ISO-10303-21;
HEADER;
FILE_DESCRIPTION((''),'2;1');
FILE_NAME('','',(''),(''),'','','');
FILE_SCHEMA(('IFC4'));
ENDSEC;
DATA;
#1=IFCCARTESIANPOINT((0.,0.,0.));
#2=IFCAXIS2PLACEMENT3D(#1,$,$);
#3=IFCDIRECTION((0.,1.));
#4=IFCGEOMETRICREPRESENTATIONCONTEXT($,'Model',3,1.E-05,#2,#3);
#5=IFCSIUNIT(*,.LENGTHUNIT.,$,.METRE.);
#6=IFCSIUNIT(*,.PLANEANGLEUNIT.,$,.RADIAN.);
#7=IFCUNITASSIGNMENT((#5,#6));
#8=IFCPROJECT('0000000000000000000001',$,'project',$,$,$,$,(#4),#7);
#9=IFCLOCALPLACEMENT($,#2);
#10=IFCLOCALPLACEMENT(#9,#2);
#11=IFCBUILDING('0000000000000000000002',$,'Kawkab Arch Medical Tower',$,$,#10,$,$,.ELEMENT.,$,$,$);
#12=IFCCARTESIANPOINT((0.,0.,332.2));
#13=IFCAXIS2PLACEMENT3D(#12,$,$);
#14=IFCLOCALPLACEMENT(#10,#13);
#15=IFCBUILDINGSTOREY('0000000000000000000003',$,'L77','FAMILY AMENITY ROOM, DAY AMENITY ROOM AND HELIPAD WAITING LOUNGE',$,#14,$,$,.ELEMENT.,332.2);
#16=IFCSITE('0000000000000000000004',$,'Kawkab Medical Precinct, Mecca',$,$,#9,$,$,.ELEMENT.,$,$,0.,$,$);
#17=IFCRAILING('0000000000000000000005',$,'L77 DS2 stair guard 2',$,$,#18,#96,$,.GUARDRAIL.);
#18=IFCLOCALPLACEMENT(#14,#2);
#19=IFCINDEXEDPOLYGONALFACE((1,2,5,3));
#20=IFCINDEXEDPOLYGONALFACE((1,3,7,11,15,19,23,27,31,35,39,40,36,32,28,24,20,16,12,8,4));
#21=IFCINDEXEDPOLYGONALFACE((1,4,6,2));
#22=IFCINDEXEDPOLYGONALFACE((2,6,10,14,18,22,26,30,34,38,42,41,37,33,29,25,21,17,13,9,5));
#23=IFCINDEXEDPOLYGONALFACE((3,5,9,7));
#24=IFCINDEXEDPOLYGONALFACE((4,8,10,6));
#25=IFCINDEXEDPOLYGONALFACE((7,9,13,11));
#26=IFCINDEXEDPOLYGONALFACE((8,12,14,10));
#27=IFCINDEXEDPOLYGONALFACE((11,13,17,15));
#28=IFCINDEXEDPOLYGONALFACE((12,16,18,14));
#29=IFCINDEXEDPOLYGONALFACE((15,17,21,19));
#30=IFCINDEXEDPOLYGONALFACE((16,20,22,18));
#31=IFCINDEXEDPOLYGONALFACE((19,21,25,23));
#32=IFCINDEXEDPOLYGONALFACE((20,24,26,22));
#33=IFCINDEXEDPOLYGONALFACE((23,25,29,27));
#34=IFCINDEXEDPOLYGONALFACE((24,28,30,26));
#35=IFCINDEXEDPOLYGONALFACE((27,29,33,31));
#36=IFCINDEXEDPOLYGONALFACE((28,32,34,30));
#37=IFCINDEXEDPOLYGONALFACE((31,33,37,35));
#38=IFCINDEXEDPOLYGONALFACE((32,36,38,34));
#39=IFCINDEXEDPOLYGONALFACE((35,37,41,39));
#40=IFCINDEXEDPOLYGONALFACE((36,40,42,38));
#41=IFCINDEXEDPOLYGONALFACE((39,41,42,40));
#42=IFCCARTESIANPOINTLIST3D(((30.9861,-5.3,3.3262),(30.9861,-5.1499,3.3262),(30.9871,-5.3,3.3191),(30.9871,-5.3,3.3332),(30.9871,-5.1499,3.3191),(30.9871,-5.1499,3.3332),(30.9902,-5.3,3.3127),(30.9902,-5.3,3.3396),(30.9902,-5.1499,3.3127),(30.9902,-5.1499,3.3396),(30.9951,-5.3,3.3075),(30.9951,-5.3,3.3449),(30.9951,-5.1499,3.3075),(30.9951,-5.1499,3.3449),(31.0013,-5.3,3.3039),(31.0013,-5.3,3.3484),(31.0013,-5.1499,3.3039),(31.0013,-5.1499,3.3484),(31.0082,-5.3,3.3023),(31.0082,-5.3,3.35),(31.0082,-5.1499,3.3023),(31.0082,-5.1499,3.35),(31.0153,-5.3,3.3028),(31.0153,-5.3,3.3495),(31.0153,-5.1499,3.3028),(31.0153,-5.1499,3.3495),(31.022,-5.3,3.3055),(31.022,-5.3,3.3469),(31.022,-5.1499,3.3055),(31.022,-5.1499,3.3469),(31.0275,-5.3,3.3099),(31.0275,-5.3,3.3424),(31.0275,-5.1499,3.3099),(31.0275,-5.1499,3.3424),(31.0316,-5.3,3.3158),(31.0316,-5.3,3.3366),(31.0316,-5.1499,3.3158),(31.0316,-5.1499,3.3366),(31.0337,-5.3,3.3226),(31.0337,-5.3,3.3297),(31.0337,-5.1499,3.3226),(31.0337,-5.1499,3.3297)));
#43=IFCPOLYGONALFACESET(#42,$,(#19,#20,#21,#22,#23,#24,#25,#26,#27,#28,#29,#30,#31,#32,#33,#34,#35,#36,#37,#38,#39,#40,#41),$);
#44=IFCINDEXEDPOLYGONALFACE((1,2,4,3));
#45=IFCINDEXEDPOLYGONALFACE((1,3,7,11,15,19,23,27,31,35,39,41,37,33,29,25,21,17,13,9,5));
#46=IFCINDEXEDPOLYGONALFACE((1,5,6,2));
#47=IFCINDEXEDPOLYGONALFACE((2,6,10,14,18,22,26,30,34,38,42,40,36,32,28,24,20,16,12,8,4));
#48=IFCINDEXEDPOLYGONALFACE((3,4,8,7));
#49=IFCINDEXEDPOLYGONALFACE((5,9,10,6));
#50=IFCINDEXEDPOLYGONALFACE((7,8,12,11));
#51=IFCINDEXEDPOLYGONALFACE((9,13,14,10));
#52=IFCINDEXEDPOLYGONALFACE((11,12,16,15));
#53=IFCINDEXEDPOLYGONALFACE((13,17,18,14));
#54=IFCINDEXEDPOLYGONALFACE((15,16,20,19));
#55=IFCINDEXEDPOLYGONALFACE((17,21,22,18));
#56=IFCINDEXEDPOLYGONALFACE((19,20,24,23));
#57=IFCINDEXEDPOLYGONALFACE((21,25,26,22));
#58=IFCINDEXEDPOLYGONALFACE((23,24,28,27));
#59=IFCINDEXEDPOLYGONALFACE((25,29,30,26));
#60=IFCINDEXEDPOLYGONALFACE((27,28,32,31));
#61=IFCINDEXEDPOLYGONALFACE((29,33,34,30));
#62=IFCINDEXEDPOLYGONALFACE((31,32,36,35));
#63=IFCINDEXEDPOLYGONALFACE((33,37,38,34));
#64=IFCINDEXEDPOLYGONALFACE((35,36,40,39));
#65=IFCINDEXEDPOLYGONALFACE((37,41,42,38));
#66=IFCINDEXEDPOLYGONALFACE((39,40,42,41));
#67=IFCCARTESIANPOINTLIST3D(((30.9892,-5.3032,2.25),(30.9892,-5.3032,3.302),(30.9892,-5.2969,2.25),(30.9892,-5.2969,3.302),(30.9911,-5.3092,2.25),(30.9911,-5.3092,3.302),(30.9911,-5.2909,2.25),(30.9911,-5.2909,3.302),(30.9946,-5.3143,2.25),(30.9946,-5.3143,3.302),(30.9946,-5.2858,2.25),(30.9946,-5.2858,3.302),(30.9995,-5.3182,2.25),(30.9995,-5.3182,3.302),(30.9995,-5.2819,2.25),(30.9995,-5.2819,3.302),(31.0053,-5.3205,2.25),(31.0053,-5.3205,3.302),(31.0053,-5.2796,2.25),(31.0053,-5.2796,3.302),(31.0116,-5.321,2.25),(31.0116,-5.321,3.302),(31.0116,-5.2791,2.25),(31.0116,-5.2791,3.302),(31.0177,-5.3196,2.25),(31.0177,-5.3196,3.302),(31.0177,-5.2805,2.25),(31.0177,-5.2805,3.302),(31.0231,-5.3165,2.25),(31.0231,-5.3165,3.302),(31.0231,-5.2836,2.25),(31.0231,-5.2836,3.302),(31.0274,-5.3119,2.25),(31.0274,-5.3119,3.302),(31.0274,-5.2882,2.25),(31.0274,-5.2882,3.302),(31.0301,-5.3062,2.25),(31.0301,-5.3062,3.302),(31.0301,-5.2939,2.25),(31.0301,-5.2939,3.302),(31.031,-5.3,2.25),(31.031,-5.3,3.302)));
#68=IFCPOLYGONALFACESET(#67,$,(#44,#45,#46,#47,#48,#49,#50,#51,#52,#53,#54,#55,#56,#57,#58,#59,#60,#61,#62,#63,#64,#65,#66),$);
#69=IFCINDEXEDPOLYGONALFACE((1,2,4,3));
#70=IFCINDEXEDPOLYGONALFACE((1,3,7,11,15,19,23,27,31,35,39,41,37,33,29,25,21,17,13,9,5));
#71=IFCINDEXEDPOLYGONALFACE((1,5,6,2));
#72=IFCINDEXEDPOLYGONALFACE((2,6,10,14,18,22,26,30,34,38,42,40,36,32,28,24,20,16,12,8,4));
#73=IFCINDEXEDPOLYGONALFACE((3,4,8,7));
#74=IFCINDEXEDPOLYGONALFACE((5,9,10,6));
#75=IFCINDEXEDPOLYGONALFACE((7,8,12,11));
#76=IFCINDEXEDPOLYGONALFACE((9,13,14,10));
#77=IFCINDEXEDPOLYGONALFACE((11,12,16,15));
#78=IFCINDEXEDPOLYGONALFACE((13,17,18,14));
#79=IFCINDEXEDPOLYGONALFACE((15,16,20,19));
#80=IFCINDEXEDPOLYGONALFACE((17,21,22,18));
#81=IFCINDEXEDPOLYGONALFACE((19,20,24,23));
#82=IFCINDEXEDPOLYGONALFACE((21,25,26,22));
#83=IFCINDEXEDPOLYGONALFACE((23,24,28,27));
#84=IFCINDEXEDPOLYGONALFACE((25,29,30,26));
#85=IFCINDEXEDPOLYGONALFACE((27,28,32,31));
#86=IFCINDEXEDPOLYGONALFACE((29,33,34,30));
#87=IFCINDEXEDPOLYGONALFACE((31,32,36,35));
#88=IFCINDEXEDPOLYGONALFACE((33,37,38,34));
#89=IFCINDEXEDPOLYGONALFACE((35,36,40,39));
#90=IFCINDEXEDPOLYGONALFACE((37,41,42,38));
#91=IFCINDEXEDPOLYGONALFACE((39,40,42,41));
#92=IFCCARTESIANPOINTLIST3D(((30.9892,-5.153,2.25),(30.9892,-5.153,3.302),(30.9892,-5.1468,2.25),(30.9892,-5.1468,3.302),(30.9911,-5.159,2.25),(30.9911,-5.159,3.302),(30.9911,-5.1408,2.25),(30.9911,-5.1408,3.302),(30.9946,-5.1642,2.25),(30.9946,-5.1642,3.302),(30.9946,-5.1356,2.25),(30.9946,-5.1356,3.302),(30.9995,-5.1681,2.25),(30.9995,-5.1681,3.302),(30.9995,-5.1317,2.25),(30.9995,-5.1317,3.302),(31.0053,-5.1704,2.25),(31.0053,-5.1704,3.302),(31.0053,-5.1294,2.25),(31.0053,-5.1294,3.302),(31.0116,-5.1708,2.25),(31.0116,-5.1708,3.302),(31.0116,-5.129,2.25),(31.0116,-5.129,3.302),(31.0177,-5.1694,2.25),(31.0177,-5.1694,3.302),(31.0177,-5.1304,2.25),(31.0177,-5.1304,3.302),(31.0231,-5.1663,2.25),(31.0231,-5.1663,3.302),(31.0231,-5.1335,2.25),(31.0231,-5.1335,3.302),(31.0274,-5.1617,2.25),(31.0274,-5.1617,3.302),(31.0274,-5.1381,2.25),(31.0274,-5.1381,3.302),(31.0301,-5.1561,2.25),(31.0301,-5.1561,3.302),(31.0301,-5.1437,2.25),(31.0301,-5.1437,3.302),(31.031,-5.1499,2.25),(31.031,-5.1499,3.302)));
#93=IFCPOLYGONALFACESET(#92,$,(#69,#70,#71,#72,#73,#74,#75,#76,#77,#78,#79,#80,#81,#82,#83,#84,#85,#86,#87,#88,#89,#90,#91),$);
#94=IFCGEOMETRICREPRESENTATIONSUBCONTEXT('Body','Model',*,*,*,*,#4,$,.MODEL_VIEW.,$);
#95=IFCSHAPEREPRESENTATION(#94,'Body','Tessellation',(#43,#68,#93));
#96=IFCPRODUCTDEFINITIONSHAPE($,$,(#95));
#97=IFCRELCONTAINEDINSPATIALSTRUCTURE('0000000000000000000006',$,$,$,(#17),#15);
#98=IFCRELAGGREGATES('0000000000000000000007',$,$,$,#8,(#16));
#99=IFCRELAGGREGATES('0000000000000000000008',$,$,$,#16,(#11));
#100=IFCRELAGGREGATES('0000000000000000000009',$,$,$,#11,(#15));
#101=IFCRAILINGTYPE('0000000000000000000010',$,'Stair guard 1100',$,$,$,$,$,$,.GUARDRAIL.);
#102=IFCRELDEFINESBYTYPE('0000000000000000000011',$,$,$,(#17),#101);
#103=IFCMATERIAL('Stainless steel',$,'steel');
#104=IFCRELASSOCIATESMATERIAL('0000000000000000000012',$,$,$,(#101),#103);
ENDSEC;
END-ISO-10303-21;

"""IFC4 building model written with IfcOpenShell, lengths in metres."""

from ifc_helpers import new_model, si_unit, direction, frame, origin, origin_2d, place, context, subcontext, project, spatial, circle, extrude, material, type_object, element, save


model = new_model("IFC4")

# Units and contexts
model_context = context("Model", 3, precision=1e-05, world=origin(), true_north=direction((0.0, 1.0)))
body_context = subcontext(model_context, "Body", "Model", "MODEL_VIEW")
ifc_project = project(units=[si_unit("LENGTHUNIT", "METRE"), si_unit("PLANEANGLEUNIT", "RADIAN")], contexts=[model_context])

# Site, building, storey
site_placement = place(None, origin())
site = spatial("IfcSite", under=ifc_project, at=site_placement, Name="Kawkab Medical Precinct, Mecca", CompositionType="ELEMENT", RefElevation=0.0)
building_placement = place(site_placement, origin())
building = spatial("IfcBuilding", under=site, at=building_placement, Name="Kawkab Arch Medical Tower", CompositionType="ELEMENT")
storey_placement = place(building_placement, frame((0.0, 0.0, 332.2)))
storey = spatial("IfcBuildingStorey", under=building, at=storey_placement, Name="L77", Description="FAMILY AMENITY ROOM, DAY AMENITY ROOM AND HELIPAD WAITING LOUNGE", CompositionType="ELEMENT", Elevation=332.2)

# Railing
ifc_material_1 = material(Name="Stainless steel", Category="steel")
railing_type = type_object("IfcRailingType", Name="Stair guard 1100", PredefinedType="GUARDRAIL", material=ifc_material_1)
railing_1_placement = place(storey_placement, frame((31.01, -5.3, 2.25)))
element("IfcRailing", 1, at=railing_1_placement, inside=storey, type_object=railing_type, Name="L77 DS2 stair guard 2", PredefinedType="GUARDRAIL", context=body_context, shape_type="SweptSolid", body=[
    extrude(circle(Radius=0.0239, at=origin_2d()), frame((0.0, 0.0, 1.0762), z_axis=(0.0, 1.0, 0.0), x_axis=(-1.0, 0.0, 0.0)), (0.0, 0.0, 1.0), 0.1501),
    extrude(circle(Radius=0.021, at=origin_2d()), origin(), (0.0, 0.0, 1.0), 1.052),
    extrude(circle(Radius=0.021, at=origin_2d()), frame((0.0, 0.1501, 0.0)), (0.0, 0.0, 1.0), 1.052),
])

save(model, "model.ifc")
